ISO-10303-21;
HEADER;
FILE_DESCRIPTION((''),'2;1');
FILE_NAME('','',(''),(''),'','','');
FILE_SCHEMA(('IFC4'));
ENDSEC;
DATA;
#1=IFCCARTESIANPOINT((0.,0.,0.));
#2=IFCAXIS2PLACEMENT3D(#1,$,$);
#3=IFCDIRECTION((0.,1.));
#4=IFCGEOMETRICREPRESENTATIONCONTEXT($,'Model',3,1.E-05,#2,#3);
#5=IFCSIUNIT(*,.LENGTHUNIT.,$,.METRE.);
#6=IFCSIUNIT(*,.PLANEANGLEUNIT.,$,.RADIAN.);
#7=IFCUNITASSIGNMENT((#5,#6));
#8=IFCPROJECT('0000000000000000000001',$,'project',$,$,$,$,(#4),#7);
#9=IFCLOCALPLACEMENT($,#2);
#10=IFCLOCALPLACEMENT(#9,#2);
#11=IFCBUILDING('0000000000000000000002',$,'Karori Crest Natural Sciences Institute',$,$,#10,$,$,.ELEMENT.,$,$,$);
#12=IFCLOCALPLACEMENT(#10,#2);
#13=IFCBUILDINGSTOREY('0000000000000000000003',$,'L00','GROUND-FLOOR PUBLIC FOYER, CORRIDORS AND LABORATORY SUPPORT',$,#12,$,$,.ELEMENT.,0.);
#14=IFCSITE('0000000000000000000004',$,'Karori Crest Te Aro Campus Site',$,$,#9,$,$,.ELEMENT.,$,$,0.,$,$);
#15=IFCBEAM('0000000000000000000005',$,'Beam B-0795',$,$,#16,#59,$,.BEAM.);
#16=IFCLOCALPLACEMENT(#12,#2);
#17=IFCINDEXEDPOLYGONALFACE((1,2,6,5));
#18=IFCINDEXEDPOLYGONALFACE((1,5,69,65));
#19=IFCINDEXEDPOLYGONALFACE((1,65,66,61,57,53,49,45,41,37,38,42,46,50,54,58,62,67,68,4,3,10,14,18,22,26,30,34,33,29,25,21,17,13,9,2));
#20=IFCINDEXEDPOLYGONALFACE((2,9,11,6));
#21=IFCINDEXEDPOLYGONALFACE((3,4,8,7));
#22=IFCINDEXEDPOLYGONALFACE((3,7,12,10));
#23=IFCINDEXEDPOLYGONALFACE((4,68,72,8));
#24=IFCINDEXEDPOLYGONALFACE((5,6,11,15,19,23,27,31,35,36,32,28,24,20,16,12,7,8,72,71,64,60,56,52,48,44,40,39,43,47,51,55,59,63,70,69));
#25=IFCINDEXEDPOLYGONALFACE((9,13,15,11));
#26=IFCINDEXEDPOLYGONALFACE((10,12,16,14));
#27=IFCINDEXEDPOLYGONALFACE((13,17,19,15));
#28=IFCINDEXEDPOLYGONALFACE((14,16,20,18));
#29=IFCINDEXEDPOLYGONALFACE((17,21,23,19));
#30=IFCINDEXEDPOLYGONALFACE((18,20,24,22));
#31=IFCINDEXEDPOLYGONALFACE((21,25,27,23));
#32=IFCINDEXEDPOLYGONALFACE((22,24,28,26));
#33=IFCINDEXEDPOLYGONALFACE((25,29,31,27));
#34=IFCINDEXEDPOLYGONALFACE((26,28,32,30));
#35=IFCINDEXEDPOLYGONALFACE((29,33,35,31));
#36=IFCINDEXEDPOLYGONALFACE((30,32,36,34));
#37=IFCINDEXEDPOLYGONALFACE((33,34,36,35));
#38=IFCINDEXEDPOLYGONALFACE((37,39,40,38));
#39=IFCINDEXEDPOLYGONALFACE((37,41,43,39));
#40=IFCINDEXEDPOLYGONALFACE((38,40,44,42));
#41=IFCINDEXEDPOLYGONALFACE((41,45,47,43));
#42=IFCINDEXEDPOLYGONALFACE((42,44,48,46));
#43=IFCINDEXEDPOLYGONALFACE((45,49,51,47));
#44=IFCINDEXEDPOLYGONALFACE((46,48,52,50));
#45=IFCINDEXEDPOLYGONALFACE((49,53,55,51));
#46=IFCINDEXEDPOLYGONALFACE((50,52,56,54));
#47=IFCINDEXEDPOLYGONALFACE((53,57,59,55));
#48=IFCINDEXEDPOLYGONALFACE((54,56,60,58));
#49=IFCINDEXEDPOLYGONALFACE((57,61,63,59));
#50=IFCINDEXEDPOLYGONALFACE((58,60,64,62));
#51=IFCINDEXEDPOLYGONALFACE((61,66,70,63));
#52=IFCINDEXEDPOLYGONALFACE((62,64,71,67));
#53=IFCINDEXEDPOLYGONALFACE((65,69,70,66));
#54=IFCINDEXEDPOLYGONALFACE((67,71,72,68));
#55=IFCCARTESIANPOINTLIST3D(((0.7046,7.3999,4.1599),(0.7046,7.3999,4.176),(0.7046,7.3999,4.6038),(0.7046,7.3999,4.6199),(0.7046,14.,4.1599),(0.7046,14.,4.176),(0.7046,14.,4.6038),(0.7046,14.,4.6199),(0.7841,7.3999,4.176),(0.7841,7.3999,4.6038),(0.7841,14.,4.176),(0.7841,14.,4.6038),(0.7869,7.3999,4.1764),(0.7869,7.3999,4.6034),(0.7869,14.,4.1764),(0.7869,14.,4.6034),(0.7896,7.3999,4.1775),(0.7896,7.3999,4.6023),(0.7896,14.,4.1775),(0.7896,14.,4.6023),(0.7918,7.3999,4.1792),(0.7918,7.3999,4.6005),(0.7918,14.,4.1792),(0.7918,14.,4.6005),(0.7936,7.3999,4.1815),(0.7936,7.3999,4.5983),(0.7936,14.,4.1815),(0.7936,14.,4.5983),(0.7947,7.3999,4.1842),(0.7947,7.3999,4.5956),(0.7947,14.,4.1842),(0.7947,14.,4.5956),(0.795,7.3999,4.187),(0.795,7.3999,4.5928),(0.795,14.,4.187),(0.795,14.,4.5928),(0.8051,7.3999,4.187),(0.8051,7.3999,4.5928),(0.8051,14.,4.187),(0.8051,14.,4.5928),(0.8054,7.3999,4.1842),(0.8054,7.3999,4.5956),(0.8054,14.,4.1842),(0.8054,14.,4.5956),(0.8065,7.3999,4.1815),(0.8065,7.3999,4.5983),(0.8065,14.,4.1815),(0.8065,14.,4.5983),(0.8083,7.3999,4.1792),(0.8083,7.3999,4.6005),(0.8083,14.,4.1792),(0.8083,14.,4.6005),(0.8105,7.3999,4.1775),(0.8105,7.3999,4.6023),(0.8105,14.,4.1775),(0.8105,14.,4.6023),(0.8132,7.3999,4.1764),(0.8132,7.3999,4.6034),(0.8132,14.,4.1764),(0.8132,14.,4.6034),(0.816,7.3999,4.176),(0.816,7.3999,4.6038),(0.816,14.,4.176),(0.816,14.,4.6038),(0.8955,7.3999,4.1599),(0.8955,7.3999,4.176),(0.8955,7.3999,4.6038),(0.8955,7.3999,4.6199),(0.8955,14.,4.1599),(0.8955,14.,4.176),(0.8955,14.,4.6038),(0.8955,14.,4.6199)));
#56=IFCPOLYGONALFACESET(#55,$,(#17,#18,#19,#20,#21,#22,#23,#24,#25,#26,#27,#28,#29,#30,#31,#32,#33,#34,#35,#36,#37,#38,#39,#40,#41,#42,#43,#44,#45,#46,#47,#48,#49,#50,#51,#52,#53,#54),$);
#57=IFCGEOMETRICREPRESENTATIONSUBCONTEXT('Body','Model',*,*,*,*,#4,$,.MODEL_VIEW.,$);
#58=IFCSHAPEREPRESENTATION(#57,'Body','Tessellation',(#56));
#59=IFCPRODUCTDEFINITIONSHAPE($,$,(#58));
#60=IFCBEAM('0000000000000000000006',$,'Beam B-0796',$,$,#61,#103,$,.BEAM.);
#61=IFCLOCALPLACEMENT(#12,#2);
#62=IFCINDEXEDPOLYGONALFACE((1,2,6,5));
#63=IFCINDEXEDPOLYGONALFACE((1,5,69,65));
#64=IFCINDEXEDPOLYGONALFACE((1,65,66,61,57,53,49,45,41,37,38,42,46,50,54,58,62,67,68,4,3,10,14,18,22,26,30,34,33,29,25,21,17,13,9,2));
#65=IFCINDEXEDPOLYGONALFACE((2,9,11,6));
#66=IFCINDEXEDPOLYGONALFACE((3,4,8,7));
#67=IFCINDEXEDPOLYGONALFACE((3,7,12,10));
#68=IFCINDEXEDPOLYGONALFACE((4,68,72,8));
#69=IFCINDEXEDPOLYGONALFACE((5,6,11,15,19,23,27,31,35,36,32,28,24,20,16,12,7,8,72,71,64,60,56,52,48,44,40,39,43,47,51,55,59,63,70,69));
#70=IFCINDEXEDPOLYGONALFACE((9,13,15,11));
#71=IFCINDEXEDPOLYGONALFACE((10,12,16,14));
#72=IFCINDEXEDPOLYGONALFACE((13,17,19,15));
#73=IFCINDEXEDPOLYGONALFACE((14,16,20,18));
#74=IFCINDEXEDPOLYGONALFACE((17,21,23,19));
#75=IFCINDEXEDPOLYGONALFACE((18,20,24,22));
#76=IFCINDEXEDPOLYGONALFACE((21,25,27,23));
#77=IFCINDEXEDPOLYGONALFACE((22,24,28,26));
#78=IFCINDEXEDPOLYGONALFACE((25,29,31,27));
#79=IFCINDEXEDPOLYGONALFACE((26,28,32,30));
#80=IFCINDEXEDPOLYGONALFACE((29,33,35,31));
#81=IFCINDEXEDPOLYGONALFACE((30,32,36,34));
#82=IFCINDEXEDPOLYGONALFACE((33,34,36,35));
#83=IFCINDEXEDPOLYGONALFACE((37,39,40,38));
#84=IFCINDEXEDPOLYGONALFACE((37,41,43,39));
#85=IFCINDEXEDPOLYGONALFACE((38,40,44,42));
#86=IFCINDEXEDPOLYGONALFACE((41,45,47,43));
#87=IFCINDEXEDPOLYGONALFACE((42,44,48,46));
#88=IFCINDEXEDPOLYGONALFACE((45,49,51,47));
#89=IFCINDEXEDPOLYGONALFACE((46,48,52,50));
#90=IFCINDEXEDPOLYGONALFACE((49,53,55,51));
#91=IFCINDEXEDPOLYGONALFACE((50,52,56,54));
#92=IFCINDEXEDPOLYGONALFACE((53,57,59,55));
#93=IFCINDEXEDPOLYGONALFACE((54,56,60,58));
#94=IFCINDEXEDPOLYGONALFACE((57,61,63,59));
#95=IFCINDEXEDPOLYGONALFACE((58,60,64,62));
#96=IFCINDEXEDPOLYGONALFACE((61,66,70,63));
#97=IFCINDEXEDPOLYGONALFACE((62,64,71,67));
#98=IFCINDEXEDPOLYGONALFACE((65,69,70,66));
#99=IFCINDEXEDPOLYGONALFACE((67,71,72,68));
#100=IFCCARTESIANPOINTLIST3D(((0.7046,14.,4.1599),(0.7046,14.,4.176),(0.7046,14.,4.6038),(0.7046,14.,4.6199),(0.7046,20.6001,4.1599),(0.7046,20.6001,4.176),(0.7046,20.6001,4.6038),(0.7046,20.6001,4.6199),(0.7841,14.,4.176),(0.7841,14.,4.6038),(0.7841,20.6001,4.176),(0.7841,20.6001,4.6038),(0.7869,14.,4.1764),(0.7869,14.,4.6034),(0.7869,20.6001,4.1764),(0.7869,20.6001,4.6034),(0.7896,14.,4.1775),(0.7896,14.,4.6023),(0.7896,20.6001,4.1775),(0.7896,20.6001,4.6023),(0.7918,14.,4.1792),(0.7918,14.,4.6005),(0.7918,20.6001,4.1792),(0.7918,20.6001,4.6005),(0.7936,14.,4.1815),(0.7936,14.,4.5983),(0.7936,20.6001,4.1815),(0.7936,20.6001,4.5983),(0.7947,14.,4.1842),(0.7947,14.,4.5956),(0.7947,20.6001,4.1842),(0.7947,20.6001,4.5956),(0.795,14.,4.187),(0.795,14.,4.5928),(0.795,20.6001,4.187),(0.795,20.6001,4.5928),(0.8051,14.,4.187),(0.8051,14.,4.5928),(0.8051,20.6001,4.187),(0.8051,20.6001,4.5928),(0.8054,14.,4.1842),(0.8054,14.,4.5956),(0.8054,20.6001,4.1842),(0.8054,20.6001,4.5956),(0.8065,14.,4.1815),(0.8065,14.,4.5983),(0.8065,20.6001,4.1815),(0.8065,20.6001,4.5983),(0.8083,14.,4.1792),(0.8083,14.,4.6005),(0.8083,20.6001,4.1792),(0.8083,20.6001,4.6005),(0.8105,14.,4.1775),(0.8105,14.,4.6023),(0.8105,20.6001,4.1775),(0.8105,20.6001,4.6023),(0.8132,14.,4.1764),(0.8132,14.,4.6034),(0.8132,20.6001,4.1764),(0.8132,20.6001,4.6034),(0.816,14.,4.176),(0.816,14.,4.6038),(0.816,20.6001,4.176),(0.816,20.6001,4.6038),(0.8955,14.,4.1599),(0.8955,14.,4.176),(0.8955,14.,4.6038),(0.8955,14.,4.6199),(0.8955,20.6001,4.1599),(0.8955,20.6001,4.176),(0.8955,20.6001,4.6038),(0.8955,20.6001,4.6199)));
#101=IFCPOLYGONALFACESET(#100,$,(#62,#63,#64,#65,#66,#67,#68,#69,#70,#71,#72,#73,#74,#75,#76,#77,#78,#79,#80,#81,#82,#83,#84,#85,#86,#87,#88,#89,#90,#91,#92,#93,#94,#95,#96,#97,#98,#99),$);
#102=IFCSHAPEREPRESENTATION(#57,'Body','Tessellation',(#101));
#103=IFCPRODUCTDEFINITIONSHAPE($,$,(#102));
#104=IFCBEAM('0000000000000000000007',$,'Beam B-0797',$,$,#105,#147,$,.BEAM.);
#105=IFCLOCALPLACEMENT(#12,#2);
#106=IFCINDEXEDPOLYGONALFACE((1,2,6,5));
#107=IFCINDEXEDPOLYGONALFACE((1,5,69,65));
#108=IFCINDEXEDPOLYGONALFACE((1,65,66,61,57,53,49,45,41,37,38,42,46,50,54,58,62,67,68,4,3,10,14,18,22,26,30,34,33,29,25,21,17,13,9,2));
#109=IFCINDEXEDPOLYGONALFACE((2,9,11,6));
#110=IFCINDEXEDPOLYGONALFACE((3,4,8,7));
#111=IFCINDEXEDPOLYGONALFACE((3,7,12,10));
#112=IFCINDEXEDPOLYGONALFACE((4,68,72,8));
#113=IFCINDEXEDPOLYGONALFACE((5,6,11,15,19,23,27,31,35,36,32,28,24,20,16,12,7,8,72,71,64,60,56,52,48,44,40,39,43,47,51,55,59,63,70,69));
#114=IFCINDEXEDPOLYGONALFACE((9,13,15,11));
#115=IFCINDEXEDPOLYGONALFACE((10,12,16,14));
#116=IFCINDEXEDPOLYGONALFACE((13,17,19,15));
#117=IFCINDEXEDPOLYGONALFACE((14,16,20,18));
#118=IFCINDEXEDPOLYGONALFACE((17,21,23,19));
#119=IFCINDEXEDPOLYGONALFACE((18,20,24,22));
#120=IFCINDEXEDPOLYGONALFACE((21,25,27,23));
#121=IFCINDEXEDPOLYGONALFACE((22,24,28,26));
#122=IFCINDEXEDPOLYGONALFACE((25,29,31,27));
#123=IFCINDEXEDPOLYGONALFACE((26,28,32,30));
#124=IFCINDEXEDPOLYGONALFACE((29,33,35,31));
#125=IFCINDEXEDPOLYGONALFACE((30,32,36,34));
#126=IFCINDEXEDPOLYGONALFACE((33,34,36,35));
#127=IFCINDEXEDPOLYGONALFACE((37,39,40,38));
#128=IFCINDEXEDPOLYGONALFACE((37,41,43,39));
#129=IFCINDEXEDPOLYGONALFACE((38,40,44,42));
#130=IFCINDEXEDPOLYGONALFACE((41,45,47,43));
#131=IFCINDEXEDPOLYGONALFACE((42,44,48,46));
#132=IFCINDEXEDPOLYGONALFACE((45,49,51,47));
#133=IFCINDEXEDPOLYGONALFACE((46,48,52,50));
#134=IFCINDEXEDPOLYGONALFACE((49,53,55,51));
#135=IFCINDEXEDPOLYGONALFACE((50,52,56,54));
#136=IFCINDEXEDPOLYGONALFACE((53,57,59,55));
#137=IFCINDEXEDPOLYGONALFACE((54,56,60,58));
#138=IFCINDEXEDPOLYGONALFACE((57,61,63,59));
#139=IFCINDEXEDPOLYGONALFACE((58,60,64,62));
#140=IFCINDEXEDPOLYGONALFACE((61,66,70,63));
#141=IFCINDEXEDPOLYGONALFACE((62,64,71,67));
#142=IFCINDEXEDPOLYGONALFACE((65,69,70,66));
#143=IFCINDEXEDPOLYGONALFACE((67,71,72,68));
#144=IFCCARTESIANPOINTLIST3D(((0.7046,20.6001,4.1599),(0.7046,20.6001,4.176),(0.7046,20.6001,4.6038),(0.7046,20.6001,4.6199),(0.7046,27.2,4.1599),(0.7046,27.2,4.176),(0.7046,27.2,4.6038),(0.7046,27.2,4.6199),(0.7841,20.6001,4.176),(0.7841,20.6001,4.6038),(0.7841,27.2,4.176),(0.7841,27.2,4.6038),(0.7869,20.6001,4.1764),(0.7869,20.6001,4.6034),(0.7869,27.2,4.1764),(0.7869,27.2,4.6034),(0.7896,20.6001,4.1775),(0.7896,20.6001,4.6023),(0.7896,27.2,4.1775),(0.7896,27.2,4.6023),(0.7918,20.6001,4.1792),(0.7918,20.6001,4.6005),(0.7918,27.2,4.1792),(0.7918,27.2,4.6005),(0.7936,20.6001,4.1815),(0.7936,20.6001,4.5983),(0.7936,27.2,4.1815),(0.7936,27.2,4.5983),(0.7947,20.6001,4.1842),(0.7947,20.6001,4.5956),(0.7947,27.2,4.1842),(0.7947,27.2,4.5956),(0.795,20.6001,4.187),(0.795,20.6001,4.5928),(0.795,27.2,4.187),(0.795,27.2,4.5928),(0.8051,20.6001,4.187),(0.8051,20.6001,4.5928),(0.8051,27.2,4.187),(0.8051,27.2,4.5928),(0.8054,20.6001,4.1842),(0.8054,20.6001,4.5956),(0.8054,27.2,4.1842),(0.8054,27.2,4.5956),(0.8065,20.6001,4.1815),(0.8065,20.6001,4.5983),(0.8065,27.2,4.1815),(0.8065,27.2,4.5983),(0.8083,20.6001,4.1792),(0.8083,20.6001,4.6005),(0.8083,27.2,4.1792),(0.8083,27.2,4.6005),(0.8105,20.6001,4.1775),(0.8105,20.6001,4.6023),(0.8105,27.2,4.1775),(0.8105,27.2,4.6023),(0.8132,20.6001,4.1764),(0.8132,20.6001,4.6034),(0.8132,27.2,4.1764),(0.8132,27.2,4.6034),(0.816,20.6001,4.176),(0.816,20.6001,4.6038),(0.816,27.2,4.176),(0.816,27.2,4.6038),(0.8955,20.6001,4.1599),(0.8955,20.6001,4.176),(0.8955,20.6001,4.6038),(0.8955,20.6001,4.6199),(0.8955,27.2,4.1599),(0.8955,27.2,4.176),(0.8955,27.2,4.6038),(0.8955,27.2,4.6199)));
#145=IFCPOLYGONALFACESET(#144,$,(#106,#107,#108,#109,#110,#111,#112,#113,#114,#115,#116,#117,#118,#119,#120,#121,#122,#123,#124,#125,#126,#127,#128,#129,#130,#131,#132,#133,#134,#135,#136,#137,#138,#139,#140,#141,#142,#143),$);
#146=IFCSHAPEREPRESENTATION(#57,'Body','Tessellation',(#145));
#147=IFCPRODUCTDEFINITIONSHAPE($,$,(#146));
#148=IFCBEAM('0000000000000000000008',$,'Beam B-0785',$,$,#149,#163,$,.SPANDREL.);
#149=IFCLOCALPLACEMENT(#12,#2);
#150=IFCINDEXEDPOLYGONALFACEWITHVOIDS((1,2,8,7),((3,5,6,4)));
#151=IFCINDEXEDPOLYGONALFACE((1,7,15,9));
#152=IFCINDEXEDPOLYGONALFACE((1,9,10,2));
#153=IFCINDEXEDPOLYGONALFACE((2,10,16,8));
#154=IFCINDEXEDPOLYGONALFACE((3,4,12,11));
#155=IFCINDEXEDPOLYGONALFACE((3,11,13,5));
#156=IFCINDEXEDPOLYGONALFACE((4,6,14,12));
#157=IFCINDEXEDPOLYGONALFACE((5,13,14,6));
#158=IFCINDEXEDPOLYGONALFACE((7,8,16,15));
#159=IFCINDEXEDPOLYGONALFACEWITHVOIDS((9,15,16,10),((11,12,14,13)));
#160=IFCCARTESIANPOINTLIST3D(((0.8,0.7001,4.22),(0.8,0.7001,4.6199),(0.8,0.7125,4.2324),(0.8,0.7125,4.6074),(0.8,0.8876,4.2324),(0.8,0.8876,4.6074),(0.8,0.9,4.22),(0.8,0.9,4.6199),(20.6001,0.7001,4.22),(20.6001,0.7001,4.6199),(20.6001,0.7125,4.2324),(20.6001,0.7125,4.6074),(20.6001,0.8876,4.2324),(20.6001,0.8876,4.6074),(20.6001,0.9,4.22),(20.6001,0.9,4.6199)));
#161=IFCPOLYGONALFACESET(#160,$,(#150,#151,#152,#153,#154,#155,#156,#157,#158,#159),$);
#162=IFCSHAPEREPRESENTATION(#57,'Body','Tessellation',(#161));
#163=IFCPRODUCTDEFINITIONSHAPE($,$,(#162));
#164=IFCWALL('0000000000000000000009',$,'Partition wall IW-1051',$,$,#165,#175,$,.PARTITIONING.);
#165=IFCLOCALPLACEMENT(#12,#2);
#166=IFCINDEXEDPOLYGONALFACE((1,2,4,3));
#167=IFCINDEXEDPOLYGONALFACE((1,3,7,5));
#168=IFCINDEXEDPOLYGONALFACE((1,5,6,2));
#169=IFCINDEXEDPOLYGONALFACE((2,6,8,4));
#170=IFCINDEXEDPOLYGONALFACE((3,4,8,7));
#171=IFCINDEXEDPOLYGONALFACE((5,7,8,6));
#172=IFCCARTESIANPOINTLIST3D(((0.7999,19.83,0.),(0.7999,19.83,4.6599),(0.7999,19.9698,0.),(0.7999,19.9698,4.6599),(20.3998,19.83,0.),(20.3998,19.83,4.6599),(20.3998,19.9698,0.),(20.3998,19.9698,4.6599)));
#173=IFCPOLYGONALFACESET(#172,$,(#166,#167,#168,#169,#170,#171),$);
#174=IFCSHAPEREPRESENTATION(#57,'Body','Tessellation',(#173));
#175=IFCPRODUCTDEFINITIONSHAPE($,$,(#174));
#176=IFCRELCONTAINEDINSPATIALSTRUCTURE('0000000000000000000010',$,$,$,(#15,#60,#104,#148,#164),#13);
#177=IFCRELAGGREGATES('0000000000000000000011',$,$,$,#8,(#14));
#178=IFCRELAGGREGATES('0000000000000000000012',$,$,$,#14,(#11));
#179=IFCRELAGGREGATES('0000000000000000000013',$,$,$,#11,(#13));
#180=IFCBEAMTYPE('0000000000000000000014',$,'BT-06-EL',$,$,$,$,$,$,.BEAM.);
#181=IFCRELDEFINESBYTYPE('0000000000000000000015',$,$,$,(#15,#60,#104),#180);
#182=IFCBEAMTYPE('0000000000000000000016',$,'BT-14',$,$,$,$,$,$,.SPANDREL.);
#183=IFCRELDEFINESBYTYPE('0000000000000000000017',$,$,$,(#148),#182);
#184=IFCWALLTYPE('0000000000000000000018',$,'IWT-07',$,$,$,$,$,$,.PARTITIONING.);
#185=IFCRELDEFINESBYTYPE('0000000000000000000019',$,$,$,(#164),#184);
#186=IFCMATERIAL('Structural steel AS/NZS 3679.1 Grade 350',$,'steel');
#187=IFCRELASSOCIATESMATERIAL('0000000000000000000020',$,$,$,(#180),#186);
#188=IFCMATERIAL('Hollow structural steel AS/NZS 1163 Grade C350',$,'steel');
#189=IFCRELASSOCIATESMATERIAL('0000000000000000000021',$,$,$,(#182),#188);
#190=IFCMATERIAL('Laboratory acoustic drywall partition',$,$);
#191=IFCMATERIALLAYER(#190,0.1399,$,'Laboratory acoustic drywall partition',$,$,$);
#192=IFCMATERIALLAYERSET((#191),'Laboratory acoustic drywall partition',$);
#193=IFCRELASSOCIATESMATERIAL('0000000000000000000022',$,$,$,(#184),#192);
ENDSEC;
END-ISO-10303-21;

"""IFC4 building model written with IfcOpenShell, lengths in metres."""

from ifc_helpers import new_model, si_unit, direction, frame, frame_2d, origin, origin_2d, place, context, subcontext, project, spatial, rectangle, hollow_rectangle, i_section, extrude, material, layer, layer_set, material_profile, profile_set, type_object, element, save


model = new_model("IFC4")

# Units and contexts
model_context = context("Model", 3, precision=1e-05, world=origin(), true_north=direction((0.0, 1.0)))
body_context = subcontext(model_context, "Body", "Model", "MODEL_VIEW")
ifc_project = project(units=[si_unit("LENGTHUNIT", "METRE"), si_unit("PLANEANGLEUNIT", "RADIAN")], contexts=[model_context])

# Site, building, storey
site_placement = place(None, origin())
site = spatial("IfcSite", under=ifc_project, at=site_placement, Name="Karori Crest Te Aro Campus Site", CompositionType="ELEMENT", RefElevation=0.0)
building_placement = place(site_placement, origin())
building = spatial("IfcBuilding", under=site, at=building_placement, Name="Karori Crest Natural Sciences Institute", CompositionType="ELEMENT")
storey_placement = place(building_placement, origin())
storey = spatial("IfcBuildingStorey", under=building, at=storey_placement, Name="L00", Description="GROUND-FLOOR PUBLIC FOYER, CORRIDORS AND LABORATORY SUPPORT", CompositionType="ELEMENT", Elevation=0.0)

# Shared definitions
ifc_material_1 = material(Name="Structural steel AS/NZS 3679.1 Grade 350", Category="steel")

# Beams
ifc_material_profile_1 = material_profile(ifc_material_1, i_section(OverallWidth=0.1909, OverallDepth=0.46, WebThickness=0.01, FlangeThickness=0.0161, FilletRadius=0.011, at=origin_2d()), Name="460UB82.1")
ifc_profile_set_1 = profile_set([ifc_material_profile_1], Name="Structural steel AS/NZS 3679.1 Grade 350")
beam_type_1 = type_object("IfcBeamType", Name="BT-06-EL", PredefinedType="BEAM", material=ifc_profile_set_1)
for number, where, z_axis, x_axis, name in (
    (1, (0.8, 7.3999, 4.3899), (0.0, 1.0, 0.0), (-1.0, 0.0, 0.0), "Beam B-0795"),
    (2, (0.8, 14.0, 4.3899), (0.0, 1.0, 0.0), (-1.0, 0.0, 0.0), "Beam B-0796"),
):
    element("IfcBeam", number, at=place(storey_placement, frame(where, z_axis=z_axis, x_axis=x_axis)), inside=storey, type_object=beam_type_1, Name=name, PredefinedType="BEAM", context=body_context, shape_type="SweptSolid", body=[
        extrude(i_section(OverallWidth=0.1909, OverallDepth=0.46, WebThickness=0.01, FlangeThickness=0.0161, FilletRadius=0.011, at=origin_2d()), origin(), (0.0, 0.0, 1.0), 6.6001),
    ])
beam_1_placement = place(storey_placement, frame((0.8, 20.6001, 4.3899), z_axis=(0.0, 1.0, 0.0), x_axis=(-1.0, 0.0, 0.0)))
element("IfcBeam", 3, at=beam_1_placement, inside=storey, type_object=beam_type_1, Name="Beam B-0797", PredefinedType="BEAM", context=body_context, shape_type="SweptSolid", body=[
    extrude(i_section(OverallWidth=0.1909, OverallDepth=0.46, WebThickness=0.01, FlangeThickness=0.0161, FilletRadius=0.011, at=origin_2d()), origin(), (0.0, 0.0, 1.0), 6.5999),
])
ifc_material_2 = material(Name="Hollow structural steel AS/NZS 1163 Grade C350", Category="steel")
ifc_material_profile_2 = material_profile(ifc_material_2, hollow_rectangle(XDim=0.2, YDim=0.3999, WallThickness=0.0125, at=origin_2d()), Name="RHS400x200x12.5")
ifc_profile_set_2 = profile_set([ifc_material_profile_2], Name="Hollow structural steel AS/NZS 1163 Grade C350")
beam_type_2 = type_object("IfcBeamType", Name="BT-14", PredefinedType="SPANDREL", material=ifc_profile_set_2)
beam_2_placement = place(storey_placement, frame((0.8, 0.8, 4.4199), z_axis=(1.0, 0.0, 0.0), x_axis=(0.0, 1.0, 0.0)))
element("IfcBeam", 4, at=beam_2_placement, inside=storey, type_object=beam_type_2, Name="Beam B-0785", PredefinedType="SPANDREL", context=body_context, shape_type="SweptSolid", body=[
    extrude(hollow_rectangle(XDim=0.2, YDim=0.3999, WallThickness=0.0125, at=origin_2d()), origin(), (0.0, 0.0, 1.0), 19.8),
])

# Wall
ifc_material_3 = material(Name="Laboratory acoustic drywall partition")
ifc_layer_1 = layer(ifc_material_3, 0.1399, Name="Laboratory acoustic drywall partition")
ifc_layer_set_1 = layer_set([ifc_layer_1], Name="Laboratory acoustic drywall partition")
wall_type_1 = type_object("IfcWallType", Name="IWT-07", PredefinedType="PARTITIONING", material=ifc_layer_set_1)
wall_1_placement = place(storey_placement, frame((0.8, 19.8999, 0.0), z_axis=(0.0, 0.0, 1.0), x_axis=(1.0, 0.0, 0.0)))
element("IfcWall", 5, at=wall_1_placement, inside=storey, type_object=wall_type_1, Name="Partition wall IW-1051", PredefinedType="PARTITIONING", context=body_context, shape_type="SweptSolid", body=[
    extrude(rectangle(XDim=19.5999, YDim=0.1399, at=frame_2d((9.7998, 0.0))), origin(), (0.0, 0.0, 1.0), 4.6599),
])

save(model, "model.ifc")
